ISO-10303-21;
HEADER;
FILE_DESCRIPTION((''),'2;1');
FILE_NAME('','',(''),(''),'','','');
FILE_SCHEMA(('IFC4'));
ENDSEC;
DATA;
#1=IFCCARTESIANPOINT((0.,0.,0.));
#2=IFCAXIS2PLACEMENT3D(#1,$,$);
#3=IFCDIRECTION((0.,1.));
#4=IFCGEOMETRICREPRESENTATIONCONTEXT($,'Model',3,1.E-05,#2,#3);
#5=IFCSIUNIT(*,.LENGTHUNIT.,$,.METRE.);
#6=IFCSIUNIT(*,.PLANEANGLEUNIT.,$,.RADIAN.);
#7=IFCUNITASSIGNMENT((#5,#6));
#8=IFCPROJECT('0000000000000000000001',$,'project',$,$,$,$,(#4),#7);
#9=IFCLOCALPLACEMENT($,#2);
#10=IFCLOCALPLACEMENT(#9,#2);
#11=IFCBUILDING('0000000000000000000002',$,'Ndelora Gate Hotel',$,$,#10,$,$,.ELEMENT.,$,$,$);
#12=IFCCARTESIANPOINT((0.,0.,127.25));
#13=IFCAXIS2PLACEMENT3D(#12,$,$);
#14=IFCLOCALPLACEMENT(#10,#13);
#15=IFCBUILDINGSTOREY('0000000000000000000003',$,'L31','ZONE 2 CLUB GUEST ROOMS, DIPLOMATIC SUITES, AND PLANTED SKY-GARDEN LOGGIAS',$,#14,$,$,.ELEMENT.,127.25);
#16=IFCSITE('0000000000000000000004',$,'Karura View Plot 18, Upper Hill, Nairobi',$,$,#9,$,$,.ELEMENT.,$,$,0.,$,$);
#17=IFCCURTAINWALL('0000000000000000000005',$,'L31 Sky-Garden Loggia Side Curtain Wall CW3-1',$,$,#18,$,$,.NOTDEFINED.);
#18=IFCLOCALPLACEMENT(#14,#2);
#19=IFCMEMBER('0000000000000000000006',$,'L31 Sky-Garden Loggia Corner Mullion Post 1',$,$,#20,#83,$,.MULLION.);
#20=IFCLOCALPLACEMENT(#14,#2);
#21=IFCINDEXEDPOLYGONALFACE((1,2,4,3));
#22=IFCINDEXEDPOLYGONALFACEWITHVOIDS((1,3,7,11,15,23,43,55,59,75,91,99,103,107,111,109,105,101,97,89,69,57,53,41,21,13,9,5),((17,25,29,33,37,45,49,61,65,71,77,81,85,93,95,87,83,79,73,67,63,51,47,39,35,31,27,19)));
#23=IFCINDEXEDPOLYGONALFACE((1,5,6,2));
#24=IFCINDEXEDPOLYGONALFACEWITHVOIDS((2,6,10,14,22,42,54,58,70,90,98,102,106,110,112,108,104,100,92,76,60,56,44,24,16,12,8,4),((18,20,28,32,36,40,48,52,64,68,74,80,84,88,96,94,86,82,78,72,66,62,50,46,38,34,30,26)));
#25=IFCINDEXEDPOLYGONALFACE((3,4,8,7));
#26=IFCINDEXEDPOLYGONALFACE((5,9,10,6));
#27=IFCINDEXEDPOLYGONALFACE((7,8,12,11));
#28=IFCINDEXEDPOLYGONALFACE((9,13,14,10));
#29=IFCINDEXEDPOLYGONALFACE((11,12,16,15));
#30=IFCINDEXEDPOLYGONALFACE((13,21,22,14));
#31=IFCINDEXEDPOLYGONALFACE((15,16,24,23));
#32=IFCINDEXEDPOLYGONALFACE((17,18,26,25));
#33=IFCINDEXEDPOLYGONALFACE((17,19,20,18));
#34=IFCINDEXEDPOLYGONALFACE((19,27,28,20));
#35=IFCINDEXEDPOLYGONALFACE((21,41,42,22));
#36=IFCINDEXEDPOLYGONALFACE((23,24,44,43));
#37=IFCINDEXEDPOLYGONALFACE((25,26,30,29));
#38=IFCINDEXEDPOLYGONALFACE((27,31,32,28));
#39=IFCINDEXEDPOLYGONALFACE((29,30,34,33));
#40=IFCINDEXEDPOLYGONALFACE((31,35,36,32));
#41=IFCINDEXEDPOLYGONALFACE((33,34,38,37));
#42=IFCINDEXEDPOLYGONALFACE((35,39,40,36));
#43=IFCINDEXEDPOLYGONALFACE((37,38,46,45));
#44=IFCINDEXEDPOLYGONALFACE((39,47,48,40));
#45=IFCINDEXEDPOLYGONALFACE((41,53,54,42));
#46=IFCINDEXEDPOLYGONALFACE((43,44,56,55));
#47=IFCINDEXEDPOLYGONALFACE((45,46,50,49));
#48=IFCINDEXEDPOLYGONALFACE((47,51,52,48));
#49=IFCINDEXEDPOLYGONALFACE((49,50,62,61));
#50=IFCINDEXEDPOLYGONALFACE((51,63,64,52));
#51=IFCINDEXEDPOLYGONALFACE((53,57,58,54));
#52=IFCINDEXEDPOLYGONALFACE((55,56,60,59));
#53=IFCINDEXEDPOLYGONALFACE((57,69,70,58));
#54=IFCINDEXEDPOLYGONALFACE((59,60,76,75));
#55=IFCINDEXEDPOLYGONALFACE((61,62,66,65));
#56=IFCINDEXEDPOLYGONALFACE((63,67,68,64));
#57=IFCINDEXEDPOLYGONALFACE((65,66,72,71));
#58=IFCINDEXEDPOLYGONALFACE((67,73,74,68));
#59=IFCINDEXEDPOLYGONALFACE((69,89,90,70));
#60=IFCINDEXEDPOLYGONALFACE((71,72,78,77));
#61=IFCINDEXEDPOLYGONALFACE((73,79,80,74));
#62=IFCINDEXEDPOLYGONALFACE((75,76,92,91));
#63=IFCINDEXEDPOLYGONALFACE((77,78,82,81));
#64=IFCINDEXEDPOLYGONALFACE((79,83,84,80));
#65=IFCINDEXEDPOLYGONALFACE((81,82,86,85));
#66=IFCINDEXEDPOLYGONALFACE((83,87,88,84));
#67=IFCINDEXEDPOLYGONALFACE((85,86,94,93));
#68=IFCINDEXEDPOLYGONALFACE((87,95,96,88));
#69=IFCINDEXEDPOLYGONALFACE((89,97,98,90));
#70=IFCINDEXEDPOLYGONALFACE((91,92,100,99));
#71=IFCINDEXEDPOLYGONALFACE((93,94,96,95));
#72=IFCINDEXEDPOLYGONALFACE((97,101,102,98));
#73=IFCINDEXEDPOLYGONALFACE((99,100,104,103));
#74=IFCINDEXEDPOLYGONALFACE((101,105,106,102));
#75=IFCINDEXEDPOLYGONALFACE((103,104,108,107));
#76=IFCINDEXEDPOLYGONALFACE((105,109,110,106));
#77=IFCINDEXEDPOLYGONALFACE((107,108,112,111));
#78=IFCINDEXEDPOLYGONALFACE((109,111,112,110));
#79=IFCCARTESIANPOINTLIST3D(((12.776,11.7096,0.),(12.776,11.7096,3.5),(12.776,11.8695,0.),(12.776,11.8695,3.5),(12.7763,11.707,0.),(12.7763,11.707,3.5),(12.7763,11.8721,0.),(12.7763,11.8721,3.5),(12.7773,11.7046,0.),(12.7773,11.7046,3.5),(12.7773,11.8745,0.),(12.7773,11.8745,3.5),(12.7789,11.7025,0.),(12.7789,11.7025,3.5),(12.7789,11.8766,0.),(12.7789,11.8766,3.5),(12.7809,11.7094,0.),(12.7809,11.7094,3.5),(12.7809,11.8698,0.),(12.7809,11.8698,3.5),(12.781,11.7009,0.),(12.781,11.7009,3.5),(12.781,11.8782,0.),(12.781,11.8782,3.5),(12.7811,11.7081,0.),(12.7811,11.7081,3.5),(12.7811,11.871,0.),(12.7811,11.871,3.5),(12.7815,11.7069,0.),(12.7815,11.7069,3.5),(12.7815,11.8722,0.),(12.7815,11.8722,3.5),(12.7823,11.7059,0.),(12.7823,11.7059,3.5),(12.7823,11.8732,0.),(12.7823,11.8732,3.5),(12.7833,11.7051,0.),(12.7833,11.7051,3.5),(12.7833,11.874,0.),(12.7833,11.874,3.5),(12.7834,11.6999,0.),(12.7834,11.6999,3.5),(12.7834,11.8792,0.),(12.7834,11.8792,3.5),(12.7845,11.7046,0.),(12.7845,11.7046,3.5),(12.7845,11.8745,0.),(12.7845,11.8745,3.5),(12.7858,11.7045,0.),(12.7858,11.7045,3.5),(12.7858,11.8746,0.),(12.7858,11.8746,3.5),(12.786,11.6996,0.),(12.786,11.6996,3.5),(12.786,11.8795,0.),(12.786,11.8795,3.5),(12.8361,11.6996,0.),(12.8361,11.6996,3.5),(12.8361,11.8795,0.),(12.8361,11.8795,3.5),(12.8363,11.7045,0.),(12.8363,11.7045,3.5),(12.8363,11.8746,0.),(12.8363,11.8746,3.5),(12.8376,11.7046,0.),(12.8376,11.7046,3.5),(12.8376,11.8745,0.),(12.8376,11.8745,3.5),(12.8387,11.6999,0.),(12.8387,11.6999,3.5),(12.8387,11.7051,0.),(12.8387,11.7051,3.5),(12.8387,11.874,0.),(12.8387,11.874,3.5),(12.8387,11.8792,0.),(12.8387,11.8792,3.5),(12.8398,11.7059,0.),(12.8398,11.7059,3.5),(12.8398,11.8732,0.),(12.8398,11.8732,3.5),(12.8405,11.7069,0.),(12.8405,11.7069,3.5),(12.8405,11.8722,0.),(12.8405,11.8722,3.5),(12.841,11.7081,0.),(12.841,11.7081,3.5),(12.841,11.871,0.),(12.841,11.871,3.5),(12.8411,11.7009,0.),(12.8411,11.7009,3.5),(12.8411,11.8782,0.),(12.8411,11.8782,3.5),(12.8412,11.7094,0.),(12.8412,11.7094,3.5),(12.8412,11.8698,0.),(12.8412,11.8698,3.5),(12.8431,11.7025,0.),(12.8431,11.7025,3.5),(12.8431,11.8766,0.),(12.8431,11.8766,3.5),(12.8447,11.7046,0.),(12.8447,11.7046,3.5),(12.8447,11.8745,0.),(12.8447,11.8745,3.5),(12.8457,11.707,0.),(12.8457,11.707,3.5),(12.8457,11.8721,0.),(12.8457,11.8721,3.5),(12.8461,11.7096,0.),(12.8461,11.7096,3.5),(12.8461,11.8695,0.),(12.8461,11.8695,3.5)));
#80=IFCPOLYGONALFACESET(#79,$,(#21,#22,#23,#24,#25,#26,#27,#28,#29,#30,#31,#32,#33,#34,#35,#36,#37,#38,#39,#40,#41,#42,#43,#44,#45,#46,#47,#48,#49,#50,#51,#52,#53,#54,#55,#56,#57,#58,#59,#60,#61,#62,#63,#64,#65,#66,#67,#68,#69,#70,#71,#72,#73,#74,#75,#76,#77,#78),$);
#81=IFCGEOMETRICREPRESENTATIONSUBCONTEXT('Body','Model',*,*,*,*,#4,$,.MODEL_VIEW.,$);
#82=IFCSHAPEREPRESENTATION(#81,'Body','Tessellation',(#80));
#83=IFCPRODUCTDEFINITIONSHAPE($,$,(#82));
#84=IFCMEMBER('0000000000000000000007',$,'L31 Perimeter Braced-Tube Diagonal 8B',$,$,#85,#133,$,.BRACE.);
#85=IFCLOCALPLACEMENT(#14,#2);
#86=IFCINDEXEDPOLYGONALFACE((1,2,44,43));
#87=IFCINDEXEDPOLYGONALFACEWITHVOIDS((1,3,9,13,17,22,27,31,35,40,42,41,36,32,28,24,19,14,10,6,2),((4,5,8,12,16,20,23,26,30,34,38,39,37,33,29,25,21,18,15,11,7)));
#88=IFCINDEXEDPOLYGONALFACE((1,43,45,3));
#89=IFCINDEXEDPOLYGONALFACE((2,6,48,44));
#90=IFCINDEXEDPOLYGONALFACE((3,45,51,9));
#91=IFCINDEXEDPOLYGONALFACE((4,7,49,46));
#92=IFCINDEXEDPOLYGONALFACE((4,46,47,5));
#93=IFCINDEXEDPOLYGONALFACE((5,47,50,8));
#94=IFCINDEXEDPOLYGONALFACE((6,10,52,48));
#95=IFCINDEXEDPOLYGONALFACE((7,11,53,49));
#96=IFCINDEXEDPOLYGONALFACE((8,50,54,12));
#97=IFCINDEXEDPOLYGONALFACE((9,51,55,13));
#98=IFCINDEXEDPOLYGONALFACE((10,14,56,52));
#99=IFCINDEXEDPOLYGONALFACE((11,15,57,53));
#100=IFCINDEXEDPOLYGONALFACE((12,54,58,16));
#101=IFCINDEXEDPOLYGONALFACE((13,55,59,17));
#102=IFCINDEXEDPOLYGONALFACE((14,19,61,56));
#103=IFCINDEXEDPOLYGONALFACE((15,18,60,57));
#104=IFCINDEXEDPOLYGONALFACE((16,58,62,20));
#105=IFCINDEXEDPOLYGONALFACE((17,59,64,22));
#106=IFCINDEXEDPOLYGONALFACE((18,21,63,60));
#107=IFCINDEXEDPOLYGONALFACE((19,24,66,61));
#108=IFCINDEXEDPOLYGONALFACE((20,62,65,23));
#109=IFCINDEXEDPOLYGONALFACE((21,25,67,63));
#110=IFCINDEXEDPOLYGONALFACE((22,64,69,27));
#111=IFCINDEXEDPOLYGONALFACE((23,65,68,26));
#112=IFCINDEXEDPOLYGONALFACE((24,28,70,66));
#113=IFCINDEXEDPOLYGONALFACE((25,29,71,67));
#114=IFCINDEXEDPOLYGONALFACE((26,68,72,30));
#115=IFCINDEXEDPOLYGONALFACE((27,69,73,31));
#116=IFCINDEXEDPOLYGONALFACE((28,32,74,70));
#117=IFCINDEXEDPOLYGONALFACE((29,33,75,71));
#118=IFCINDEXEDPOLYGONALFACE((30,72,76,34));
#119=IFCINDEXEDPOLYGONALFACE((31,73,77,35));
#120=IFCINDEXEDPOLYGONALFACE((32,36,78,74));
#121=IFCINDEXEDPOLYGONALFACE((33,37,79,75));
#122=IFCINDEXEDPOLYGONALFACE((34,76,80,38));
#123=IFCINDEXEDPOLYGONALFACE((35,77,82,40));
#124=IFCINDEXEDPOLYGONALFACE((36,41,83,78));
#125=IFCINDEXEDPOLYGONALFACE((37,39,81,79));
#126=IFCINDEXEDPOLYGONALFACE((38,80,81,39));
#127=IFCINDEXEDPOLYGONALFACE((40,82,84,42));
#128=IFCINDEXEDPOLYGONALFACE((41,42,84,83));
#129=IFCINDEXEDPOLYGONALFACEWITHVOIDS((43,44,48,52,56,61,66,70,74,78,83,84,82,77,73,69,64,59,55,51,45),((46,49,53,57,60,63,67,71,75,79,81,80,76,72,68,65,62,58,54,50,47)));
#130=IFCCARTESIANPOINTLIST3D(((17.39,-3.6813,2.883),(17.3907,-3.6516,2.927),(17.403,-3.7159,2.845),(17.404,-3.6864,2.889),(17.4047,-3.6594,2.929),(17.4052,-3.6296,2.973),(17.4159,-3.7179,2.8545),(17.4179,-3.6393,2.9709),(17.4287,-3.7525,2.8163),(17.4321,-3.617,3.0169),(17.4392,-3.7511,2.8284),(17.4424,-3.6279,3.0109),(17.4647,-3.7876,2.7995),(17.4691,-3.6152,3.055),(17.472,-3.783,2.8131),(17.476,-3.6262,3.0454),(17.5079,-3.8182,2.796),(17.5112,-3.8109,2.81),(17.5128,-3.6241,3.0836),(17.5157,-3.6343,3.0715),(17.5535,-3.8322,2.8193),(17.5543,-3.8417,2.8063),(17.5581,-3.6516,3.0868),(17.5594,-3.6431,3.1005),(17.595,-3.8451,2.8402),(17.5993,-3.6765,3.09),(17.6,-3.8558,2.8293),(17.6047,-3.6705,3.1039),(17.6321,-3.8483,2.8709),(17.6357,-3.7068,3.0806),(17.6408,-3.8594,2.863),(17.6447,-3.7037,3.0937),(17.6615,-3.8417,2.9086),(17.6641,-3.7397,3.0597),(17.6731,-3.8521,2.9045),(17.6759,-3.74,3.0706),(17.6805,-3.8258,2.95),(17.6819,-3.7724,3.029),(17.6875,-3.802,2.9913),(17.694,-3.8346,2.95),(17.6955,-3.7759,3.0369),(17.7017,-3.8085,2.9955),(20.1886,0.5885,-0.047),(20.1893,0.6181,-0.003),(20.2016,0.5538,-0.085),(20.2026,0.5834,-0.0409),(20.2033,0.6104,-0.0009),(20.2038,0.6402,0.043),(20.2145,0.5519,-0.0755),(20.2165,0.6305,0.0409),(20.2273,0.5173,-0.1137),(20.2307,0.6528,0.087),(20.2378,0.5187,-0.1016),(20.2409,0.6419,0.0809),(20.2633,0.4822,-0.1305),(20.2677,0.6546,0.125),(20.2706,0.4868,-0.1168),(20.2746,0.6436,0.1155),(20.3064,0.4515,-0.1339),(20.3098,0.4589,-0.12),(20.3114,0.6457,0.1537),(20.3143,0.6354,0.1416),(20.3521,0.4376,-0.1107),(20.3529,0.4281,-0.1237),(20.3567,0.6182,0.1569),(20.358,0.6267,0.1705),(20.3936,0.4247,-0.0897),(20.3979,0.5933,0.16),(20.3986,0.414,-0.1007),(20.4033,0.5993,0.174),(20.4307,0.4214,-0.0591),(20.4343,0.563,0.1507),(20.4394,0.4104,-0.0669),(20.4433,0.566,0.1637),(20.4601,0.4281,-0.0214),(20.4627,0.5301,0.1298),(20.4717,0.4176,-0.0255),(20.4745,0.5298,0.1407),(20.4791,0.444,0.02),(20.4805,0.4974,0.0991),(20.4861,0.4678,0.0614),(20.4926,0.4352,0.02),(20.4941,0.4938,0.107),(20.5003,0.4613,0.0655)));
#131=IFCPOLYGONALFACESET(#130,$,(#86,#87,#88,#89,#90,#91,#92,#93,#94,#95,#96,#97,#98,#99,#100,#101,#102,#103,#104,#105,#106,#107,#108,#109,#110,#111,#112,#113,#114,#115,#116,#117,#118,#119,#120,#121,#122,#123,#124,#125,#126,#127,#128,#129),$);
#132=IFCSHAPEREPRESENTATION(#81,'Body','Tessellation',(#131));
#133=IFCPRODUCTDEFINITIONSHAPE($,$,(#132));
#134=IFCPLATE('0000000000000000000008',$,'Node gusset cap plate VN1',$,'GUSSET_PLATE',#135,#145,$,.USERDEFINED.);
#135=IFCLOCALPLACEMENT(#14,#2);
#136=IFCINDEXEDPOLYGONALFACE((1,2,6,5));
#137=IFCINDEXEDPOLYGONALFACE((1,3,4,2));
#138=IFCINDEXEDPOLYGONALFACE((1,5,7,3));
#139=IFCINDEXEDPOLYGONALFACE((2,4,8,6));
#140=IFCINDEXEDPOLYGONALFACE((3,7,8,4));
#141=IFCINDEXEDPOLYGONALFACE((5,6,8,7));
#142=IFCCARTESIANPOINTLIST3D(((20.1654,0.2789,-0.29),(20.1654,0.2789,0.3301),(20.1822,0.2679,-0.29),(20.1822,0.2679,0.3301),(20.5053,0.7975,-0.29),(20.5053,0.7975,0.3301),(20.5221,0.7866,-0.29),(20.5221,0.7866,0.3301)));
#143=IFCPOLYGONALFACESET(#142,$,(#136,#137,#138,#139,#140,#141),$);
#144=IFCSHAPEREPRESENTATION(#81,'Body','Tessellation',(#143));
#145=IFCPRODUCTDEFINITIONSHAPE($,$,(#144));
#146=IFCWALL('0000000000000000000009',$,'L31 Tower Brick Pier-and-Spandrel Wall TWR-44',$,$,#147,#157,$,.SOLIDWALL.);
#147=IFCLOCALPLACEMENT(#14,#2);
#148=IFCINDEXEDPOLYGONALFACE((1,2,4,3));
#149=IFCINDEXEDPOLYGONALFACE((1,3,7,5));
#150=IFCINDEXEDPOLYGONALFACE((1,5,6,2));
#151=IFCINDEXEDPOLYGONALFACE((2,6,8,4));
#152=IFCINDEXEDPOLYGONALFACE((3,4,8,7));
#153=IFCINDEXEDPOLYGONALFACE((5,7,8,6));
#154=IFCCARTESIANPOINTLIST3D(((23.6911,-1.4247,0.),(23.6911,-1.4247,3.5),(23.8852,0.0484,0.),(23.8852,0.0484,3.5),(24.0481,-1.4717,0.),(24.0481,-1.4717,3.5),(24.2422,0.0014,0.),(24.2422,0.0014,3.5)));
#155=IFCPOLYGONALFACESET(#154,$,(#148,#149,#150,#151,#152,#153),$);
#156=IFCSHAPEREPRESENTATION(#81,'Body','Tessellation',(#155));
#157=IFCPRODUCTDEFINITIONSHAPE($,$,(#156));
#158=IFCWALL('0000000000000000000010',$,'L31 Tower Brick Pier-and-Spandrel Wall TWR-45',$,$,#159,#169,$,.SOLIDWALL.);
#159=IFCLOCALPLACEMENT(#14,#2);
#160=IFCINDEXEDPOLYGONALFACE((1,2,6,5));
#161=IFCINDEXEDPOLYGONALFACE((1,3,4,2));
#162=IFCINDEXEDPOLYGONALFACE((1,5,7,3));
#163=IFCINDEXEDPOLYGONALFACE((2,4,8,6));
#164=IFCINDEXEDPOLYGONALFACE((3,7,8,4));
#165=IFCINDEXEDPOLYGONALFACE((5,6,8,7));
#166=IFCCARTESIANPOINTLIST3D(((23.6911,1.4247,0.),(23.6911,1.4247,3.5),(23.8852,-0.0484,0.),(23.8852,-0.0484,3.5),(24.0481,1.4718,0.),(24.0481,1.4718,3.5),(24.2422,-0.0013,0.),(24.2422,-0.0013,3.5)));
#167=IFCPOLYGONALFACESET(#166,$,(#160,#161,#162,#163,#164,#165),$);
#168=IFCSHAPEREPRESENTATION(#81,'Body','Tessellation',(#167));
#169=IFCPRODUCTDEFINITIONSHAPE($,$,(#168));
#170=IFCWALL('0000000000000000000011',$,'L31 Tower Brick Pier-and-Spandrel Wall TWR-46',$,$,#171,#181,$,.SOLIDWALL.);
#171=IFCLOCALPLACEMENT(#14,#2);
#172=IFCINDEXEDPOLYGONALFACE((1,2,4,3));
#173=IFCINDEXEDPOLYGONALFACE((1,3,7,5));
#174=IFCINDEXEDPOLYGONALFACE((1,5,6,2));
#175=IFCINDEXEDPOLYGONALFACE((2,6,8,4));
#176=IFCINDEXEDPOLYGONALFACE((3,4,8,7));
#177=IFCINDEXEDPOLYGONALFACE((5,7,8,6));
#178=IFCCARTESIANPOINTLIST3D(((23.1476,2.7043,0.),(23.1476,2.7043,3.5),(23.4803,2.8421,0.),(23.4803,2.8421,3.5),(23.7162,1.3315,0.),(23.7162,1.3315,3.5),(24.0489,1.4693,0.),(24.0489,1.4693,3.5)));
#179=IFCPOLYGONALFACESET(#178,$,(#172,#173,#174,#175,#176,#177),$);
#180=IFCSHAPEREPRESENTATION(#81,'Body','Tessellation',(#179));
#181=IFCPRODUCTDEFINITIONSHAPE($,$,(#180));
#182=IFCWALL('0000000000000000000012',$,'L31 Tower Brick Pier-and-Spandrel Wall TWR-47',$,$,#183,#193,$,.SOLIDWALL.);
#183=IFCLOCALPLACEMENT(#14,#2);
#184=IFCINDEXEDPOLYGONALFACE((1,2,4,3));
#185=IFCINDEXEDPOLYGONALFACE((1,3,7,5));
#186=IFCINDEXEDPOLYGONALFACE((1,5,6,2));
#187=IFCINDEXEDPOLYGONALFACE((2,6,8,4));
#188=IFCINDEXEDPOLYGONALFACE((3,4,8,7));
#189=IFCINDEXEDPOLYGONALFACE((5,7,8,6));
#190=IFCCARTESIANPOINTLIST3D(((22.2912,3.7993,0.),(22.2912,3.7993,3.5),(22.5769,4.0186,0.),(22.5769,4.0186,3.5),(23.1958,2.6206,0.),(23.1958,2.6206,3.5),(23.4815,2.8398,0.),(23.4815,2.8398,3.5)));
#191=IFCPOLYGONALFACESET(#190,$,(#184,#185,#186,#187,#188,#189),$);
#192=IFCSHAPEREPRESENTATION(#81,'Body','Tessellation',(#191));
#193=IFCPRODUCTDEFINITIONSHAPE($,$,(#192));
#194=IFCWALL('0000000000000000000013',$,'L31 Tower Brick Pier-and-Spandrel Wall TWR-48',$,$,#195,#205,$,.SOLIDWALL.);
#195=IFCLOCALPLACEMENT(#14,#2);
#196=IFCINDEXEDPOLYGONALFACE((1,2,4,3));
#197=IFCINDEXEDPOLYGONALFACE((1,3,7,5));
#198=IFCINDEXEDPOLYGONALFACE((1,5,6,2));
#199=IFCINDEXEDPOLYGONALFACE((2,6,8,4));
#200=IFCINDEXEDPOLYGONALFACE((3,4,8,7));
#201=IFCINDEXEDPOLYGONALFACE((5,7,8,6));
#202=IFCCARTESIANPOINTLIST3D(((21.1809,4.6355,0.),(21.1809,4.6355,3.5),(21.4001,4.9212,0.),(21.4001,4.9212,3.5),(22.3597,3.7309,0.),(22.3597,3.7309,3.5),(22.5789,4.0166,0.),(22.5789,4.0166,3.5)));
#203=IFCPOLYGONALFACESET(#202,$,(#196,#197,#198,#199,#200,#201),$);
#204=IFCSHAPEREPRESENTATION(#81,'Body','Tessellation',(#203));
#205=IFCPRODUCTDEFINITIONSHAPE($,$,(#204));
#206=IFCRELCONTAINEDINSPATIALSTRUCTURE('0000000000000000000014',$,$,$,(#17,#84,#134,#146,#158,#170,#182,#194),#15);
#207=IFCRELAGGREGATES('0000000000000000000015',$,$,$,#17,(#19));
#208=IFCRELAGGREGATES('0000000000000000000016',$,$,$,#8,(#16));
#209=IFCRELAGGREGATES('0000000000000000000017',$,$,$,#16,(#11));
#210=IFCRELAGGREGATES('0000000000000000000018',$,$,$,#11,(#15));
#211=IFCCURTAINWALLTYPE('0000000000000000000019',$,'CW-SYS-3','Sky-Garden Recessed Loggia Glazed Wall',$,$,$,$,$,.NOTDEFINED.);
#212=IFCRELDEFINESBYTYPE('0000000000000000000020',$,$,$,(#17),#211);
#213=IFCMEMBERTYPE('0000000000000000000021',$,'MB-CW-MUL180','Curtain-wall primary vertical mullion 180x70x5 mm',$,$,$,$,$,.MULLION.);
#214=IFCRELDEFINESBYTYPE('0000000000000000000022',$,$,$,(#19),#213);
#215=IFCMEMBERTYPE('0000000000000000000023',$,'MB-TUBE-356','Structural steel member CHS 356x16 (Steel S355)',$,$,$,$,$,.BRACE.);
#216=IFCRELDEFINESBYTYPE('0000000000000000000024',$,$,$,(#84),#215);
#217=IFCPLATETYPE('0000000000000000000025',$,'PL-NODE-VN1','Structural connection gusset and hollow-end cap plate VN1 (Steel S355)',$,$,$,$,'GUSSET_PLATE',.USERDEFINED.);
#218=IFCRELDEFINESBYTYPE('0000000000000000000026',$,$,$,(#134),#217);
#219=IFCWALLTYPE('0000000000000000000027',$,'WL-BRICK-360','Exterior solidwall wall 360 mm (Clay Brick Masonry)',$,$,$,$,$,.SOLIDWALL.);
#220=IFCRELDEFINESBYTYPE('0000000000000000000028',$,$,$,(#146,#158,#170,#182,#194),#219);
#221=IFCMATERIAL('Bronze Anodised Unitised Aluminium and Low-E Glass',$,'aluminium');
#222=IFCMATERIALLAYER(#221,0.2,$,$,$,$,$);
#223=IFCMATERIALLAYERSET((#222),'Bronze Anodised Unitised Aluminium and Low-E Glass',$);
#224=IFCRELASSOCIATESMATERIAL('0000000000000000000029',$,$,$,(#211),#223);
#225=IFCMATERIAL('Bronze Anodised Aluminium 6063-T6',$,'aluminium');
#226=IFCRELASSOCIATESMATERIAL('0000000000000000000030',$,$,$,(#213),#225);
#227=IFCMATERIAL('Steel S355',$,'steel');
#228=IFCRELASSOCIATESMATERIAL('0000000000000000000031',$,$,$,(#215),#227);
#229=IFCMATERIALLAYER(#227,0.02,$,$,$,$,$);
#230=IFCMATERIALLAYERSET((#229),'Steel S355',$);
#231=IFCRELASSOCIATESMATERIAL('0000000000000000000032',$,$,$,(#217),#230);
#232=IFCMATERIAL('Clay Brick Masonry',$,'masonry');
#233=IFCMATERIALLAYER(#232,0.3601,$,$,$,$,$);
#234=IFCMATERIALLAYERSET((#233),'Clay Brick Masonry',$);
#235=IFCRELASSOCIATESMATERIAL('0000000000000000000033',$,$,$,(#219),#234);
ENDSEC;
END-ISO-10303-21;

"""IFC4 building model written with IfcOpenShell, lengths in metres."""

from ifc_helpers import new_model, si_unit, direction, frame, frame_2d, origin, origin_2d, place, context, subcontext, project, spatial, rectangle, hollow_rectangle, hollow_circle, extrude, material, layer, layer_set, material_profile, profile_set, type_object, element, aggregate, save


model = new_model("IFC4")

# Units and contexts
model_context = context("Model", 3, precision=1e-05, world=origin(), true_north=direction((0.0, 1.0)))
body_context = subcontext(model_context, "Body", "Model", "MODEL_VIEW")
ifc_project = project(units=[si_unit("LENGTHUNIT", "METRE"), si_unit("PLANEANGLEUNIT", "RADIAN")], contexts=[model_context])

# Site, building, storey
site_placement = place(None, origin())
site = spatial("IfcSite", under=ifc_project, at=site_placement, Name="Karura View Plot 18, Upper Hill, Nairobi", CompositionType="ELEMENT", RefElevation=0.0)
building_placement = place(site_placement, origin())
building = spatial("IfcBuilding", under=site, at=building_placement, Name="Ndelora Gate Hotel", CompositionType="ELEMENT")
storey_placement = place(building_placement, frame((0.0, 0.0, 127.25)))
storey = spatial("IfcBuildingStorey", under=building, at=storey_placement, Name="L31", Description="ZONE 2 CLUB GUEST ROOMS, DIPLOMATIC SUITES, AND PLANTED SKY-GARDEN LOGGIAS", CompositionType="ELEMENT", Elevation=127.25)

# Shared definitions
ifc_material_1 = material(Name="Steel S355", Category="steel")

# Curtain wall, member
ifc_material_2 = material(Name="Bronze Anodised Unitised Aluminium and Low-E Glass", Category="aluminium")
ifc_layer_1 = layer(ifc_material_2, 0.2)
ifc_layer_set_1 = layer_set([ifc_layer_1], Name="Bronze Anodised Unitised Aluminium and Low-E Glass")
curtain_wall_type = type_object("IfcCurtainWallType", Name="CW-SYS-3", Description="Sky-Garden Recessed Loggia Glazed Wall", PredefinedType="NOTDEFINED", material=ifc_layer_set_1)
curtain_wall_placement = place(storey_placement, origin())
curtain_wall = element("IfcCurtainWall", 1, at=curtain_wall_placement, inside=storey, type_object=curtain_wall_type, Name="L31 Sky-Garden Loggia Side Curtain Wall CW3-1", PredefinedType="NOTDEFINED")
ifc_material_3 = material(Name="Bronze Anodised Aluminium 6063-T6", Category="aluminium")
ifc_material_profile_1 = material_profile(ifc_material_3, hollow_rectangle(XDim=0.0701, YDim=0.1799, WallThickness=0.0049, InnerFilletRadius=0.0049, OuterFilletRadius=0.01, at=origin_2d()), Name="ALU 180x70x5")
ifc_profile_set_1 = profile_set([ifc_material_profile_1], Name="Bronze Anodised Aluminium 6063-T6")
member_type_1 = type_object("IfcMemberType", Name="MB-CW-MUL180", Description="Curtain-wall primary vertical mullion 180x70x5 mm", PredefinedType="MULLION", material=ifc_profile_set_1)
member_1_placement = place(storey_placement, frame((12.811, 11.7896, 0.0), z_axis=(0.0, 0.0, 1.0), x_axis=(1.0, 0.0, 0.0)))
member_1 = element("IfcMember", 2, at=member_1_placement, type_object=member_type_1, Name="L31 Sky-Garden Loggia Corner Mullion Post 1", PredefinedType="MULLION", context=body_context, shape_type="SweptSolid", body=[
    extrude(hollow_rectangle(XDim=0.0701, YDim=0.1799, WallThickness=0.0049, InnerFilletRadius=0.0049, OuterFilletRadius=0.01, at=origin_2d()), origin(), (0.0, 0.0, 1.0), 3.5),
])
aggregate(curtain_wall, [member_1])

# Member
ifc_material_profile_2 = material_profile(ifc_material_1, hollow_circle(Radius=0.178, WallThickness=0.0161, at=origin_2d()), Name="CHS 356x16")
ifc_profile_set_2 = profile_set([ifc_material_profile_2], Name="Steel S355")
member_type_2 = type_object("IfcMemberType", Name="MB-TUBE-356", Description="Structural steel member CHS 356x16 (Steel S355)", PredefinedType="BRACE", material=ifc_profile_set_2)
member_2_placement = place(storey_placement, frame((20.3438, 0.5327, 0.02), z_axis=(-0.475447, -0.725385, 0.497761), x_axis=(0.836358, -0.548183, 0.0)))
element("IfcMember", 3, at=member_2_placement, inside=storey, type_object=member_type_2, Name="L31 Perimeter Braced-Tube Diagonal 8B", PredefinedType="BRACE", context=body_context, shape_type="SweptSolid", body=[
    extrude(hollow_circle(Radius=0.178, WallThickness=0.0161, at=origin_2d()), origin(), (0.0, 0.0, 1.0), 5.8862),
])

# Plate
ifc_layer_2 = layer(ifc_material_1, 0.02)
ifc_layer_set_2 = layer_set([ifc_layer_2], Name="Steel S355")
plate_type = type_object("IfcPlateType", Name="PL-NODE-VN1", Description="Structural connection gusset and hollow-end cap plate VN1 (Steel S355)", ElementType="GUSSET_PLATE", PredefinedType="USERDEFINED", material=ifc_layer_set_2)
plate_placement = place(storey_placement, frame((20.3438, 0.5327, -0.29), z_axis=(0.0, 0.0, 1.0), x_axis=(0.548147, 0.836382, 0.0)))
element("IfcPlate", 4, at=plate_placement, inside=storey, type_object=plate_type, Name="Node gusset cap plate VN1", ObjectType="GUSSET_PLATE", PredefinedType="USERDEFINED", context=body_context, shape_type="SweptSolid", body=[
    extrude(rectangle(XDim=0.6201, YDim=0.02, at=origin_2d()), origin(), (0.0, 0.0, 1.0), 0.6201),
])

# Walls
ifc_material_4 = material(Name="Clay Brick Masonry", Category="masonry")
ifc_layer_3 = layer(ifc_material_4, 0.3601)
ifc_layer_set_3 = layer_set([ifc_layer_3], Name="Clay Brick Masonry")
wall_type_1 = type_object("IfcWallType", Name="WL-BRICK-360", Description="Exterior solidwall wall 360 mm (Clay Brick Masonry)", PredefinedType="SOLIDWALL", material=ifc_layer_set_3)
for number, where, z_axis, x_axis, name in (
    (5, (24.0637, 0.0249, 0.0), (0.0, 0.0, 1.0), (-0.130625, -0.991432, 0.0), "L31 Tower Brick Pier-and-Spandrel Wall TWR-44"),
    (6, (23.8696, 1.4482, 0.0), (0.0, 0.0, 1.0), (0.130625, -0.991432, 0.0), "L31 Tower Brick Pier-and-Spandrel Wall TWR-45"),
    (7, (23.314, 2.7732, 0.0), (0.0, 0.0, 1.0), (0.382666, -0.923887, 0.0), "L31 Tower Brick Pier-and-Spandrel Wall TWR-46"),
    (8, (22.4341, 3.9089, 0.0), (0.0, 0.0, 1.0), (0.608797, -0.793326, 0.0), "L31 Tower Brick Pier-and-Spandrel Wall TWR-47"),
    (9, (21.2905, 4.7783, 0.0), (0.0, 0.0, 1.0), (0.793326, -0.608797, 0.0), "L31 Tower Brick Pier-and-Spandrel Wall TWR-48"),
):
    element("IfcWall", number, at=place(storey_placement, frame(where, z_axis=z_axis, x_axis=x_axis)), inside=storey, type_object=wall_type_1, Name=name, PredefinedType="SOLIDWALL", context=body_context, shape_type="SweptSolid", body=[
        extrude(rectangle(XDim=1.4858, YDim=0.3601, at=frame_2d((0.7429, 0.0))), origin(), (0.0, 0.0, 1.0), 3.5),
    ])

save(model, "model.ifc")
